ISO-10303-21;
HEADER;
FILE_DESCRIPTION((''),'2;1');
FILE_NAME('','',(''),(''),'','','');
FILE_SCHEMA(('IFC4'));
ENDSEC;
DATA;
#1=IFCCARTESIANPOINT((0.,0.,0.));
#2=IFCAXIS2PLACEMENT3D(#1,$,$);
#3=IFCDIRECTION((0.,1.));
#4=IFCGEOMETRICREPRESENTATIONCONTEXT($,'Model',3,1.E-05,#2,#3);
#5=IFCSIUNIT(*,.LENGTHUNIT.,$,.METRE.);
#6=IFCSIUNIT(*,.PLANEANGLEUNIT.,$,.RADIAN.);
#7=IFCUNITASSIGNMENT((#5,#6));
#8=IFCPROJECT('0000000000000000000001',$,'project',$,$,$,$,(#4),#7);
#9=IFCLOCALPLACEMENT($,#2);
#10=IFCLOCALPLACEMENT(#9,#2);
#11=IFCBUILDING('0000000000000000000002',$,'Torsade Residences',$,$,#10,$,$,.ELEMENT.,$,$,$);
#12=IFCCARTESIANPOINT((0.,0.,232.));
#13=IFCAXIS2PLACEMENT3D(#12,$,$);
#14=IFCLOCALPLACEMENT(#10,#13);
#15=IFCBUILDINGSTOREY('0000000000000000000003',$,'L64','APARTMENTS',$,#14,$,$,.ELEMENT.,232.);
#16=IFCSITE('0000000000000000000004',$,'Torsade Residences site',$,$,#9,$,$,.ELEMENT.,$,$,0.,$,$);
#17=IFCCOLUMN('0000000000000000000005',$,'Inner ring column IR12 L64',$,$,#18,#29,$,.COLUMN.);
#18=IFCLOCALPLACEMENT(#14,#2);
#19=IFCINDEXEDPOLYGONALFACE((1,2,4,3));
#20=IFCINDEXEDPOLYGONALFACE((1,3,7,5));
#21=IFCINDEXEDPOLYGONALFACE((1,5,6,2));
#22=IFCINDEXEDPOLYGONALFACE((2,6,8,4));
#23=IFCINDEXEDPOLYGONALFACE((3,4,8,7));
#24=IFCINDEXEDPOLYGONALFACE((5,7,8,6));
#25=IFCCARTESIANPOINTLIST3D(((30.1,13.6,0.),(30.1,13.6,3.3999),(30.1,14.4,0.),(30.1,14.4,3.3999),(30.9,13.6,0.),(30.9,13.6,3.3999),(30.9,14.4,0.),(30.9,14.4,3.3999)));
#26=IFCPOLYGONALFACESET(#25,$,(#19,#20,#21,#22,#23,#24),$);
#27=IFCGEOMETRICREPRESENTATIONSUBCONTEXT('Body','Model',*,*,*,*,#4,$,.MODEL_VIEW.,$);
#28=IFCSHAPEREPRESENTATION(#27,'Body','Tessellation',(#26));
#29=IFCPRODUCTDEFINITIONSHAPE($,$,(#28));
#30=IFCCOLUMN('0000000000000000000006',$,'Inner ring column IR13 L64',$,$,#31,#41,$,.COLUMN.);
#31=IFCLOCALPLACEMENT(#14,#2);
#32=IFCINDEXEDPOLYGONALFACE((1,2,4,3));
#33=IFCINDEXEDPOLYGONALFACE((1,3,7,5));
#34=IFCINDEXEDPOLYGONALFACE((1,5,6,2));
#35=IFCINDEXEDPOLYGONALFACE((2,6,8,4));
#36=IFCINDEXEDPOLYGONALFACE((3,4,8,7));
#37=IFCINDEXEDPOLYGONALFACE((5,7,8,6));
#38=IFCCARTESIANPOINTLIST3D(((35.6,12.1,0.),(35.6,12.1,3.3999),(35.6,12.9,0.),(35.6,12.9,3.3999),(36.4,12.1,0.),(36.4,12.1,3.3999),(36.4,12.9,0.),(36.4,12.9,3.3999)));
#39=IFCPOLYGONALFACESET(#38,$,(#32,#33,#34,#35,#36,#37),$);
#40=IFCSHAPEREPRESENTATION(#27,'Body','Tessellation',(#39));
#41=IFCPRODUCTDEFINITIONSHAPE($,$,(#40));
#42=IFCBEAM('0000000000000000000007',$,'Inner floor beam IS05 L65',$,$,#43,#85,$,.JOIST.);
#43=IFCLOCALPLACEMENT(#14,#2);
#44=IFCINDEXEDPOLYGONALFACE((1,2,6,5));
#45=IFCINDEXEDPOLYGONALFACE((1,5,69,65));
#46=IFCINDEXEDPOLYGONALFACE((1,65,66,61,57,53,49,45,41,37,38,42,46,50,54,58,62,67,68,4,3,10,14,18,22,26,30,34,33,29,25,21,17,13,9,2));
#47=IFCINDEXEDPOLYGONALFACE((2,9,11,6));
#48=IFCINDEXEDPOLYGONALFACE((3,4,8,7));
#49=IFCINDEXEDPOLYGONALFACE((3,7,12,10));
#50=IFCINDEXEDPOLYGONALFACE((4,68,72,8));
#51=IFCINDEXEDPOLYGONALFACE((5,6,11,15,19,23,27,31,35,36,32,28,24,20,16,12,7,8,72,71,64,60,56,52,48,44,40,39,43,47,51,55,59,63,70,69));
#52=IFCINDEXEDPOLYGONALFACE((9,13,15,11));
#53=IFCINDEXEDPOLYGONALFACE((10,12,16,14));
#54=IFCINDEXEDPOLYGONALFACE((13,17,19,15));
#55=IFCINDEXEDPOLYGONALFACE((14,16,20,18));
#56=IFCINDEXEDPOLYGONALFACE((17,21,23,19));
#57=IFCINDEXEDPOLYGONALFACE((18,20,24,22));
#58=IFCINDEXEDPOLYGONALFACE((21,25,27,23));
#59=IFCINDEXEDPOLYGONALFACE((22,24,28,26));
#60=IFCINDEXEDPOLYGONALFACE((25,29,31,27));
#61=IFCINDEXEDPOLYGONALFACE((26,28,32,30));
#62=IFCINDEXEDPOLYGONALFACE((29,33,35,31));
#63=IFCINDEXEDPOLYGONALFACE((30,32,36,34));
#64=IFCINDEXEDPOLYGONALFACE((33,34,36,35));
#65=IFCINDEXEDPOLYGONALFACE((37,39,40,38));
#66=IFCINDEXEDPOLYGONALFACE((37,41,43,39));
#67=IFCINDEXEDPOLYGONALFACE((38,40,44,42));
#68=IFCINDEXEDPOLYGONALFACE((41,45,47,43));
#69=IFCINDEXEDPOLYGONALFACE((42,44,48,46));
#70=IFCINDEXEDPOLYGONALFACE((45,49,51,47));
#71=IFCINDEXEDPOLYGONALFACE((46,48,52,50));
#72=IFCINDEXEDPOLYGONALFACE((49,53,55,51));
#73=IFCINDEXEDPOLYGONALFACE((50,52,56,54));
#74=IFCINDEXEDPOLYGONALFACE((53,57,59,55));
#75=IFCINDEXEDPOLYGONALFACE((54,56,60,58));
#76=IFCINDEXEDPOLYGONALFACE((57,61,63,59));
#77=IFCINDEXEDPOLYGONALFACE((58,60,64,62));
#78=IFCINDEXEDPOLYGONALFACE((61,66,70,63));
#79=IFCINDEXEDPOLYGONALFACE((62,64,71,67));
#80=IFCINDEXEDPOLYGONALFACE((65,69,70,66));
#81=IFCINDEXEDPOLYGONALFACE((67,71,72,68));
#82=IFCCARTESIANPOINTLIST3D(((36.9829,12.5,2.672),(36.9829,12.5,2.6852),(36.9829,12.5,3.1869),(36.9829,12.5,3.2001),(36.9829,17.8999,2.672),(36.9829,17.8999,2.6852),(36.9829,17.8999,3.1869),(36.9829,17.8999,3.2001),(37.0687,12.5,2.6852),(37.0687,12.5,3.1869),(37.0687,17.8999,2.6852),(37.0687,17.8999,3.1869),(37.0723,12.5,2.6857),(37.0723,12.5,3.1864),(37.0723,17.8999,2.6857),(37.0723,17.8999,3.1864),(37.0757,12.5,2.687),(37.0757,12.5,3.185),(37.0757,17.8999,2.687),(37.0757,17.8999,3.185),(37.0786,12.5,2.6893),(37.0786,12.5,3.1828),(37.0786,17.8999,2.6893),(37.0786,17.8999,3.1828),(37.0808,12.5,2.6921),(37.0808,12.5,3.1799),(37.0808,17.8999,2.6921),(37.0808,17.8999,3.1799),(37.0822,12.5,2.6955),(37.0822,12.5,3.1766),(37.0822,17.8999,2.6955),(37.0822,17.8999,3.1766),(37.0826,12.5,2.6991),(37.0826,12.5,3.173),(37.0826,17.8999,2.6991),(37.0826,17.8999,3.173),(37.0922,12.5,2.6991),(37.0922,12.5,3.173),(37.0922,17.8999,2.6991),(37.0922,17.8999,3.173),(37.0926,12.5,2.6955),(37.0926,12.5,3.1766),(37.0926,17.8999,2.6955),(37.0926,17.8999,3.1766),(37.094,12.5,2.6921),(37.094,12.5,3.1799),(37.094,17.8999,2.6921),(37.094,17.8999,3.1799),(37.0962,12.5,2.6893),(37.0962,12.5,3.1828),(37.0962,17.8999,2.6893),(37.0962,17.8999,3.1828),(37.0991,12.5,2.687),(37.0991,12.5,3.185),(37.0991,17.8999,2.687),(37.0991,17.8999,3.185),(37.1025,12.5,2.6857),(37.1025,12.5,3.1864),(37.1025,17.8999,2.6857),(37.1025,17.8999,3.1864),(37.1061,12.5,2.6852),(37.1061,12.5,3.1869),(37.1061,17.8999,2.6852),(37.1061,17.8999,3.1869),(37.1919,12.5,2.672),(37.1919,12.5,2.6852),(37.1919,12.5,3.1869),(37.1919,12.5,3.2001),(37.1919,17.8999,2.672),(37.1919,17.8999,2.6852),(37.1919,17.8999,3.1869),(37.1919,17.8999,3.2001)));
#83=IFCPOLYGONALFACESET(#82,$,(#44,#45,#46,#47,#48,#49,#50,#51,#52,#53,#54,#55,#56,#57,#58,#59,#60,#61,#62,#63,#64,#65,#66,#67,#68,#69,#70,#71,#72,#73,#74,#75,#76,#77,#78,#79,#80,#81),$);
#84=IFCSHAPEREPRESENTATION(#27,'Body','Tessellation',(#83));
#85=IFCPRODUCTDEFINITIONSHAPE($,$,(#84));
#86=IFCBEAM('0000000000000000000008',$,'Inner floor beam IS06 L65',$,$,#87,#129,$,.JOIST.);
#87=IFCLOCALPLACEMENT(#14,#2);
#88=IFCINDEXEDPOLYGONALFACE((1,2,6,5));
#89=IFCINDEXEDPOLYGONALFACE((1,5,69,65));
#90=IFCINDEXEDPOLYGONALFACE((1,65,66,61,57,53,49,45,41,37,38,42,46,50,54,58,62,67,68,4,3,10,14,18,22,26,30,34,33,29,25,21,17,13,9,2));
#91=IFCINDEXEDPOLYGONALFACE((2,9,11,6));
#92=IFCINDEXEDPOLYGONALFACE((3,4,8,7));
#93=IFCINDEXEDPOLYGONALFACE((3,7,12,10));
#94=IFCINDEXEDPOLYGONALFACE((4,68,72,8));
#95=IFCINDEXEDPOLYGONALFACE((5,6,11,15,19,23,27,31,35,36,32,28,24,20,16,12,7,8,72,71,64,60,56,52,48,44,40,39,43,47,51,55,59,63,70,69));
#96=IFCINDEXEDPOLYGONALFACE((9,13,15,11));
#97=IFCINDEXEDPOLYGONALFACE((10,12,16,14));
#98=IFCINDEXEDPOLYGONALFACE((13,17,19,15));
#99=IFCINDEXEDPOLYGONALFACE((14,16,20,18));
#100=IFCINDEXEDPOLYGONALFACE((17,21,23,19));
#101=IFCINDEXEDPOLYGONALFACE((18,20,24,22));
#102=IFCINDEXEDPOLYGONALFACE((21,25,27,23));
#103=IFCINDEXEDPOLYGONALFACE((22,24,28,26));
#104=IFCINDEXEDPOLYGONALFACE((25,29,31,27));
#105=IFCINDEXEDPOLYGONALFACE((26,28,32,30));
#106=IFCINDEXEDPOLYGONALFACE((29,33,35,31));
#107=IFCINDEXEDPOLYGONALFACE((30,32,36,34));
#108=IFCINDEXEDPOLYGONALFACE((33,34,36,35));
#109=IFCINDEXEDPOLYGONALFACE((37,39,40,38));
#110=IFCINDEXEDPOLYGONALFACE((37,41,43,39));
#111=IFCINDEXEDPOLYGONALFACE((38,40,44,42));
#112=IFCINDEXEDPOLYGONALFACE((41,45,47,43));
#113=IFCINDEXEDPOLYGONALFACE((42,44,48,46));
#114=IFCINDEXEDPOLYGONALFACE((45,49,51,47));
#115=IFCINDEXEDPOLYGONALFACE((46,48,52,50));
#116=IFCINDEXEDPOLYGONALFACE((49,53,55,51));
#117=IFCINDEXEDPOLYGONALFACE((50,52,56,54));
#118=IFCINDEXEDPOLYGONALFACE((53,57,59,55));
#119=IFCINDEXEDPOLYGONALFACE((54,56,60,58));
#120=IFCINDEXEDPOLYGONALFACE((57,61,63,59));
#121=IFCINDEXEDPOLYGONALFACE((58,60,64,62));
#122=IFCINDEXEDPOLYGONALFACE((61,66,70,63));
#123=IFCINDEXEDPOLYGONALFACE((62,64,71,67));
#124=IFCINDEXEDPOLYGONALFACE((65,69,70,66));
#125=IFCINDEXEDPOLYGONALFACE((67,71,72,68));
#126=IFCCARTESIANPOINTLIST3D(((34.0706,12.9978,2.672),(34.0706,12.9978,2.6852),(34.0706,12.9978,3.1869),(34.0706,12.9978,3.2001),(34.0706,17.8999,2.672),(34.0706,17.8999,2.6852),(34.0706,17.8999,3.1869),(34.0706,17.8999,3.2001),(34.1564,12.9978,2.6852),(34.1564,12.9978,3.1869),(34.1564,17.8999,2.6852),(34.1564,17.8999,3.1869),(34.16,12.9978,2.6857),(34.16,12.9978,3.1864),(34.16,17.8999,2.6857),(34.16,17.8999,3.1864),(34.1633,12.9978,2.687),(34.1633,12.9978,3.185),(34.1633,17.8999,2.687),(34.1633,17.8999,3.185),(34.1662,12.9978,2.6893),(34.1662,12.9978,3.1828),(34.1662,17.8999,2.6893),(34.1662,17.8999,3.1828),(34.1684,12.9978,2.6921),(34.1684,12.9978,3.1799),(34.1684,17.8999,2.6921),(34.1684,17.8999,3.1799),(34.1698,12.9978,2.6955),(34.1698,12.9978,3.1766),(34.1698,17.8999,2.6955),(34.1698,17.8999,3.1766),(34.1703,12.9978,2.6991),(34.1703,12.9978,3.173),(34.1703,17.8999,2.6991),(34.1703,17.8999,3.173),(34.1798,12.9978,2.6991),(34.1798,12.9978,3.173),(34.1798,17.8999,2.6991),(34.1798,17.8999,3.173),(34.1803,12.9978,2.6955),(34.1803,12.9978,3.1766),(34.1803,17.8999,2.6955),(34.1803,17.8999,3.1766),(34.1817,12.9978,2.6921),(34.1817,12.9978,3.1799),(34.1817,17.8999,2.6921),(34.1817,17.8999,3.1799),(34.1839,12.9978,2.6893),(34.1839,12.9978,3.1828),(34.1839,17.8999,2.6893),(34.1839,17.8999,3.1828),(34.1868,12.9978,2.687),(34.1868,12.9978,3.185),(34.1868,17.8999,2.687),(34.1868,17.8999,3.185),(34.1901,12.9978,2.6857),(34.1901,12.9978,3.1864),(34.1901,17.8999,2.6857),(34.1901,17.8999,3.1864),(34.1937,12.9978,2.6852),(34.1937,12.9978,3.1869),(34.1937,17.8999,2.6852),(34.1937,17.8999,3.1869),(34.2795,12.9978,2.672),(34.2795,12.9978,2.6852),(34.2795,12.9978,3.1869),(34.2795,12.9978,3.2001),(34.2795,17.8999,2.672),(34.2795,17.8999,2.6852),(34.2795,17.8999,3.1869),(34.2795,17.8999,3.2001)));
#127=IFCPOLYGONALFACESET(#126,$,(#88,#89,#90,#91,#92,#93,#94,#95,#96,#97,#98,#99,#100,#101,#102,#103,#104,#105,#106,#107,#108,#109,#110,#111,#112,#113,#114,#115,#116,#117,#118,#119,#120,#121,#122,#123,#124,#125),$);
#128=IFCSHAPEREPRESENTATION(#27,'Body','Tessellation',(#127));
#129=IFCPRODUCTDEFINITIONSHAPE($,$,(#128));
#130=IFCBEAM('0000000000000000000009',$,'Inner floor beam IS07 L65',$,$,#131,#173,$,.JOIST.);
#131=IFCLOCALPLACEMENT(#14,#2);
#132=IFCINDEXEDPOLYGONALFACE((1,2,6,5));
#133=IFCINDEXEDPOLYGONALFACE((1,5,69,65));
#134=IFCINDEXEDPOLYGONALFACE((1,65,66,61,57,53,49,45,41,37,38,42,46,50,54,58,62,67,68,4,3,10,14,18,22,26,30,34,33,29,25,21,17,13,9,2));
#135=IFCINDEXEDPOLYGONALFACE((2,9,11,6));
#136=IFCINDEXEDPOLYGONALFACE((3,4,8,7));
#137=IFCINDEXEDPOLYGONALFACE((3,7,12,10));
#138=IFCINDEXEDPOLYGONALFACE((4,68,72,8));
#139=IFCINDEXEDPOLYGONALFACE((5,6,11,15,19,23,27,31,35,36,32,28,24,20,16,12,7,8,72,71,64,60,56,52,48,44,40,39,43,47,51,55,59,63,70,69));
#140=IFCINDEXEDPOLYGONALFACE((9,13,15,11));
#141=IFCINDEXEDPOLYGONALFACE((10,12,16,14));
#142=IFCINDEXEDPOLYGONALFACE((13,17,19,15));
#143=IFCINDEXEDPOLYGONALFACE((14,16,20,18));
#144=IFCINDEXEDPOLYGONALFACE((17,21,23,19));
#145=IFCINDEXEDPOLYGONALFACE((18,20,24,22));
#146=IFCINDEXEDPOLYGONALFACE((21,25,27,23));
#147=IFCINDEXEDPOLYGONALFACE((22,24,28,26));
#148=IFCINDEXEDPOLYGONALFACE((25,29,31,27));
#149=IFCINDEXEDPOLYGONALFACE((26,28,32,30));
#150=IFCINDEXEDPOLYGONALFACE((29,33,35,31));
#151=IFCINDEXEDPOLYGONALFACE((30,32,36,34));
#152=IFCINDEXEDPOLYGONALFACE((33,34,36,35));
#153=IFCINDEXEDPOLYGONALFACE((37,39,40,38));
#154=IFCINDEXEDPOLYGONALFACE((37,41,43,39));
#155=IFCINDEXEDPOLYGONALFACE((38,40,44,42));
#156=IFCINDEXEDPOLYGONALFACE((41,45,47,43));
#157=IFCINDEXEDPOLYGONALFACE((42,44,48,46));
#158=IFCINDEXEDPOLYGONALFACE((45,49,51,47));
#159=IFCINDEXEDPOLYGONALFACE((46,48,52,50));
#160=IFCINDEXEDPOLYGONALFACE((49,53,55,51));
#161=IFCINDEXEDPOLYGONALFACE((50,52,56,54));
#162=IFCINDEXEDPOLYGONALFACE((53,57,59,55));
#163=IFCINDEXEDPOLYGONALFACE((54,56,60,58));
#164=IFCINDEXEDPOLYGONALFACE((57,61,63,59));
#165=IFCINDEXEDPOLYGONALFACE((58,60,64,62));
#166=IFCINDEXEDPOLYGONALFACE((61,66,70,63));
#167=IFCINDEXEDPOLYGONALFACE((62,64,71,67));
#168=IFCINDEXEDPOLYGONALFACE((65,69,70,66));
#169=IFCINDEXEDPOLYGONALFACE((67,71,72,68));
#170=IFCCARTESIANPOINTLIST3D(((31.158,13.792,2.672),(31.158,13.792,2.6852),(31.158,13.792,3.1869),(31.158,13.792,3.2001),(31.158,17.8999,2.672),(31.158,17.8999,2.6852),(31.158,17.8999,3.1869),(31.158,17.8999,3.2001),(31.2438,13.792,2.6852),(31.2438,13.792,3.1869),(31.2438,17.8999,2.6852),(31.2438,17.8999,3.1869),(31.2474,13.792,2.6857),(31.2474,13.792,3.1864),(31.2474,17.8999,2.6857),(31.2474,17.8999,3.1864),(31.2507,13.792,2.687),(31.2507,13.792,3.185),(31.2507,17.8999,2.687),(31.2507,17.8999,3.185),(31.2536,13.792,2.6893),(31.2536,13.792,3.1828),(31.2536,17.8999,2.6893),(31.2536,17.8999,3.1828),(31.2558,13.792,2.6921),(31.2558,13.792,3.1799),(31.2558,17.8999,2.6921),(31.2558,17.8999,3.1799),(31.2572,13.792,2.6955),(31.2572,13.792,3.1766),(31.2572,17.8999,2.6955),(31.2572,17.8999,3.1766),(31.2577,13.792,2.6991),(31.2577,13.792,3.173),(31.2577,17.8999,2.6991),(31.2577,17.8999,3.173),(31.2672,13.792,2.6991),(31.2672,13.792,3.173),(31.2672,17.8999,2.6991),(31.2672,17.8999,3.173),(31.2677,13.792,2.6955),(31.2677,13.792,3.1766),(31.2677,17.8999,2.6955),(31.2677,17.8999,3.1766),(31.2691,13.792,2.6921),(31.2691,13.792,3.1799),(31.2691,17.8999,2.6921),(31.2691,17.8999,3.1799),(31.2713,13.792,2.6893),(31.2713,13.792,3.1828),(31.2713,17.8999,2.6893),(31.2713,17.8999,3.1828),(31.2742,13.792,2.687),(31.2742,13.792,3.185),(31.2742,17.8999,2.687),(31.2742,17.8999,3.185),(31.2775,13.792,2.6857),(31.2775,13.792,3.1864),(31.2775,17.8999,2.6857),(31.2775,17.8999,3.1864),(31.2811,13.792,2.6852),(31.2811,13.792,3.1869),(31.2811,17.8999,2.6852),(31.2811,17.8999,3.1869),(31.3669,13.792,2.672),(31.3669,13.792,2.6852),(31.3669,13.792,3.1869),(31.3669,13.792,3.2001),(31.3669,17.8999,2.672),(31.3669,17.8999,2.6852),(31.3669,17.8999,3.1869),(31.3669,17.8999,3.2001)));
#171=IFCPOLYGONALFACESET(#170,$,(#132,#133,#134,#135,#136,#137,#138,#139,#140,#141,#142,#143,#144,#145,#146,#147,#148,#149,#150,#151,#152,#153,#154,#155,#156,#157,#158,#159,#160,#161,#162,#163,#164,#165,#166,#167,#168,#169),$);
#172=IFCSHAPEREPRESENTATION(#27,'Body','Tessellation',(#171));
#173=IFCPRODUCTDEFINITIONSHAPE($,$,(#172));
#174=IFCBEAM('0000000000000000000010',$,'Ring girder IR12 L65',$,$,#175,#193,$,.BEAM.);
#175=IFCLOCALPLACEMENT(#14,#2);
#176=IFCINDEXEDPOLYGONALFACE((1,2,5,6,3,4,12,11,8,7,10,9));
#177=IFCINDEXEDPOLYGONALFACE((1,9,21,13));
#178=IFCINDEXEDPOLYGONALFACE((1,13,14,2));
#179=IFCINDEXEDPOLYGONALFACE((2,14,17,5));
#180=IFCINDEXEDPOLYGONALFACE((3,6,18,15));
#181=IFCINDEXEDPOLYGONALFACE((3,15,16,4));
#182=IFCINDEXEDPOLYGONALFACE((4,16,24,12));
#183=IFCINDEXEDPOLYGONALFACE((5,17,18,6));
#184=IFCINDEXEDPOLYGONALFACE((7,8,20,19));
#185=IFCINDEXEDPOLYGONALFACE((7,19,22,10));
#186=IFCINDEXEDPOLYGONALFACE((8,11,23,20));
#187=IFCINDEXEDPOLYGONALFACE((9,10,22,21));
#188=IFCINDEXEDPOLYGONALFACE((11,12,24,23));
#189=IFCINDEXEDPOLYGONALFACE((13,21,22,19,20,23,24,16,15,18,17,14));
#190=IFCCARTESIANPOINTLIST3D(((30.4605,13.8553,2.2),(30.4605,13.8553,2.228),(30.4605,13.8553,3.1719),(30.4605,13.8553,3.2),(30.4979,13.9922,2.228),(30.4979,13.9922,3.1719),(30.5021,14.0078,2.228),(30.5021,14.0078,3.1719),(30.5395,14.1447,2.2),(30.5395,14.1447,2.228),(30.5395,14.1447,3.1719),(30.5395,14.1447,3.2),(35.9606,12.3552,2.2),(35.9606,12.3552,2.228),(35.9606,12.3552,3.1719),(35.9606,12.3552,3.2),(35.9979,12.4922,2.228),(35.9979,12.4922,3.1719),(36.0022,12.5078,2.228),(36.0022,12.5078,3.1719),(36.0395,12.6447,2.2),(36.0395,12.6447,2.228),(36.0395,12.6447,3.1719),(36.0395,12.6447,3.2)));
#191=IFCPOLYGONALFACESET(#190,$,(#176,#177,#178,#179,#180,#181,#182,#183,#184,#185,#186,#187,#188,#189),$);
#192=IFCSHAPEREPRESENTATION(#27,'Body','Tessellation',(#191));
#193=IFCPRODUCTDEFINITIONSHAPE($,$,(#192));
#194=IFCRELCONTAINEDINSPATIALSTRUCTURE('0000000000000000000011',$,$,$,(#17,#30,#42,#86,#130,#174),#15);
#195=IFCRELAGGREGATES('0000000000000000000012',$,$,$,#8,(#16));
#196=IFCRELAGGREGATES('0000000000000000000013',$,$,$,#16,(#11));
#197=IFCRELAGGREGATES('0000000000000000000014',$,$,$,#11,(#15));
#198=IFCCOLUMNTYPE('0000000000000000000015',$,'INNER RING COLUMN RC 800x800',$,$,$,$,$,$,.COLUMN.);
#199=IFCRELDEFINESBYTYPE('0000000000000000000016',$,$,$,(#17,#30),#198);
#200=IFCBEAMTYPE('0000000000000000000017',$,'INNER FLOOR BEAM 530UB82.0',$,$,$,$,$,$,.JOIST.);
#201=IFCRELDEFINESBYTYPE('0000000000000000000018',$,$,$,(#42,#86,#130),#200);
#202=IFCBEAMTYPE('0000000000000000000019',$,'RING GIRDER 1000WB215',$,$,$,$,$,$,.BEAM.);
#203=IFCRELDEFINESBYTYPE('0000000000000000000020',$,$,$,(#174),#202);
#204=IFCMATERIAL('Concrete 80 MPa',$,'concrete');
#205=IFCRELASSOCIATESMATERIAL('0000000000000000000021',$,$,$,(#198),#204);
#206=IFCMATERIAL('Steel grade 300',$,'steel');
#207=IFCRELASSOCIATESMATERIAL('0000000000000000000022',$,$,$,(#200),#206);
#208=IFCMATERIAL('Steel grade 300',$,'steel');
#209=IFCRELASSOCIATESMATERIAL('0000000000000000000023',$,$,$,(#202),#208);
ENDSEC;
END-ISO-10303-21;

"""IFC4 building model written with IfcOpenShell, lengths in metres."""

from ifc_helpers import new_model, si_unit, direction, frame, origin, origin_2d, place, context, subcontext, project, spatial, rectangle, i_section, extrude, material, material_profile, profile_set, type_object, element, save


model = new_model("IFC4")

# Units and contexts
model_context = context("Model", 3, precision=1e-05, world=origin(), true_north=direction((0.0, 1.0)))
body_context = subcontext(model_context, "Body", "Model", "MODEL_VIEW")
ifc_project = project(units=[si_unit("LENGTHUNIT", "METRE"), si_unit("PLANEANGLEUNIT", "RADIAN")], contexts=[model_context])

# Site, building, storey
site_placement = place(None, origin())
site = spatial("IfcSite", under=ifc_project, at=site_placement, Name="Torsade Residences site", CompositionType="ELEMENT", RefElevation=0.0)
building_placement = place(site_placement, origin())
building = spatial("IfcBuilding", under=site, at=building_placement, Name="Torsade Residences", CompositionType="ELEMENT")
storey_placement = place(building_placement, frame((0.0, 0.0, 232.0)))
storey = spatial("IfcBuildingStorey", under=building, at=storey_placement, Name="L64", Description="APARTMENTS", CompositionType="ELEMENT", Elevation=232.0)

# Columns
ifc_material_1 = material(Name="Concrete 80 MPa", Category="concrete")
ifc_material_profile_1 = material_profile(ifc_material_1, rectangle(XDim=0.8, YDim=0.8, at=origin_2d()), Name="RC 800x800")
ifc_profile_set_1 = profile_set([ifc_material_profile_1], Name="Concrete 80 MPa")
column_type = type_object("IfcColumnType", Name="INNER RING COLUMN RC 800x800", PredefinedType="COLUMN", material=ifc_profile_set_1)
for number, where, z_axis, x_axis, name in (
    (1, (30.5, 14.0, 0.0), (0.0, 0.0, 1.0), (1.0, 0.0, 0.0), "Inner ring column IR12 L64"),
    (2, (36.0, 12.5, 0.0), (0.0, 0.0, 1.0), (1.0, 0.0, 0.0), "Inner ring column IR13 L64"),
):
    element("IfcColumn", number, at=place(storey_placement, frame(where, z_axis=z_axis, x_axis=x_axis)), inside=storey, type_object=column_type, Name=name, PredefinedType="COLUMN", context=body_context, shape_type="SweptSolid", body=[
        extrude(rectangle(XDim=0.8, YDim=0.8, at=origin_2d()), origin(), (0.0, 0.0, 1.0), 3.3999),
    ])

# Beams
ifc_material_2 = material(Name="Steel grade 300", Category="steel")
ifc_material_profile_2 = material_profile(ifc_material_2, i_section(OverallWidth=0.209, OverallDepth=0.5281, WebThickness=0.0095, FlangeThickness=0.0132, FilletRadius=0.0139, at=origin_2d()), Name="530UB82.0")
ifc_profile_set_2 = profile_set([ifc_material_profile_2], Name="Steel grade 300")
beam_type_1 = type_object("IfcBeamType", Name="INNER FLOOR BEAM 530UB82.0", PredefinedType="JOIST", material=ifc_profile_set_2)
beam_1_placement = place(storey_placement, frame((37.0874, 17.8999, 2.936), z_axis=(0.0, -1.0, 0.0), x_axis=(1.0, 0.0, 0.0)))
element("IfcBeam", 3, at=beam_1_placement, inside=storey, type_object=beam_type_1, Name="Inner floor beam IS05 L65", PredefinedType="JOIST", context=body_context, shape_type="SweptSolid", body=[
    extrude(i_section(OverallWidth=0.209, OverallDepth=0.5281, WebThickness=0.0095, FlangeThickness=0.0132, FilletRadius=0.0139, at=origin_2d()), origin(), (0.0, 0.0, 1.0), 5.3999),
])
beam_2_placement = place(storey_placement, frame((34.175, 17.8999, 2.936), z_axis=(0.0, -1.0, 0.0), x_axis=(1.0, 0.0, 0.0)))
element("IfcBeam", 4, at=beam_2_placement, inside=storey, type_object=beam_type_1, Name="Inner floor beam IS06 L65", PredefinedType="JOIST", context=body_context, shape_type="SweptSolid", body=[
    extrude(i_section(OverallWidth=0.209, OverallDepth=0.5281, WebThickness=0.0095, FlangeThickness=0.0132, FilletRadius=0.0139, at=origin_2d()), origin(), (0.0, 0.0, 1.0), 4.9021),
])
beam_3_placement = place(storey_placement, frame((31.2625, 17.8999, 2.936), z_axis=(0.0, -1.0, 0.0), x_axis=(1.0, 0.0, 0.0)))
element("IfcBeam", 5, at=beam_3_placement, inside=storey, type_object=beam_type_1, Name="Inner floor beam IS07 L65", PredefinedType="JOIST", context=body_context, shape_type="SweptSolid", body=[
    extrude(i_section(OverallWidth=0.209, OverallDepth=0.5281, WebThickness=0.0095, FlangeThickness=0.0132, FilletRadius=0.0139, at=origin_2d()), origin(), (0.0, 0.0, 1.0), 4.1079),
])
ifc_material_3 = material(Name="Steel grade 300", Category="steel")
ifc_material_profile_3 = material_profile(ifc_material_3, i_section(OverallWidth=0.3, OverallDepth=1.0, WebThickness=0.0161, FlangeThickness=0.0281, at=origin_2d()), Name="1000WB215")
ifc_profile_set_3 = profile_set([ifc_material_profile_3], Name="Steel grade 300")
beam_type_2 = type_object("IfcBeamType", Name="RING GIRDER 1000WB215", PredefinedType="BEAM", material=ifc_profile_set_3)
beam_4_placement = place(storey_placement, frame((30.5, 14.0, 2.7), z_axis=(0.964764, -0.263117, 0.0), x_axis=(0.263117, 0.964764, 0.0)))
element("IfcBeam", 6, at=beam_4_placement, inside=storey, type_object=beam_type_2, Name="Ring girder IR12 L65", PredefinedType="BEAM", context=body_context, shape_type="SweptSolid", body=[
    extrude(i_section(OverallWidth=0.3, OverallDepth=1.0, WebThickness=0.0161, FlangeThickness=0.0281, at=origin_2d()), origin(), (0.0, 0.0, 1.0), 5.7009),
])

save(model, "model.ifc")
